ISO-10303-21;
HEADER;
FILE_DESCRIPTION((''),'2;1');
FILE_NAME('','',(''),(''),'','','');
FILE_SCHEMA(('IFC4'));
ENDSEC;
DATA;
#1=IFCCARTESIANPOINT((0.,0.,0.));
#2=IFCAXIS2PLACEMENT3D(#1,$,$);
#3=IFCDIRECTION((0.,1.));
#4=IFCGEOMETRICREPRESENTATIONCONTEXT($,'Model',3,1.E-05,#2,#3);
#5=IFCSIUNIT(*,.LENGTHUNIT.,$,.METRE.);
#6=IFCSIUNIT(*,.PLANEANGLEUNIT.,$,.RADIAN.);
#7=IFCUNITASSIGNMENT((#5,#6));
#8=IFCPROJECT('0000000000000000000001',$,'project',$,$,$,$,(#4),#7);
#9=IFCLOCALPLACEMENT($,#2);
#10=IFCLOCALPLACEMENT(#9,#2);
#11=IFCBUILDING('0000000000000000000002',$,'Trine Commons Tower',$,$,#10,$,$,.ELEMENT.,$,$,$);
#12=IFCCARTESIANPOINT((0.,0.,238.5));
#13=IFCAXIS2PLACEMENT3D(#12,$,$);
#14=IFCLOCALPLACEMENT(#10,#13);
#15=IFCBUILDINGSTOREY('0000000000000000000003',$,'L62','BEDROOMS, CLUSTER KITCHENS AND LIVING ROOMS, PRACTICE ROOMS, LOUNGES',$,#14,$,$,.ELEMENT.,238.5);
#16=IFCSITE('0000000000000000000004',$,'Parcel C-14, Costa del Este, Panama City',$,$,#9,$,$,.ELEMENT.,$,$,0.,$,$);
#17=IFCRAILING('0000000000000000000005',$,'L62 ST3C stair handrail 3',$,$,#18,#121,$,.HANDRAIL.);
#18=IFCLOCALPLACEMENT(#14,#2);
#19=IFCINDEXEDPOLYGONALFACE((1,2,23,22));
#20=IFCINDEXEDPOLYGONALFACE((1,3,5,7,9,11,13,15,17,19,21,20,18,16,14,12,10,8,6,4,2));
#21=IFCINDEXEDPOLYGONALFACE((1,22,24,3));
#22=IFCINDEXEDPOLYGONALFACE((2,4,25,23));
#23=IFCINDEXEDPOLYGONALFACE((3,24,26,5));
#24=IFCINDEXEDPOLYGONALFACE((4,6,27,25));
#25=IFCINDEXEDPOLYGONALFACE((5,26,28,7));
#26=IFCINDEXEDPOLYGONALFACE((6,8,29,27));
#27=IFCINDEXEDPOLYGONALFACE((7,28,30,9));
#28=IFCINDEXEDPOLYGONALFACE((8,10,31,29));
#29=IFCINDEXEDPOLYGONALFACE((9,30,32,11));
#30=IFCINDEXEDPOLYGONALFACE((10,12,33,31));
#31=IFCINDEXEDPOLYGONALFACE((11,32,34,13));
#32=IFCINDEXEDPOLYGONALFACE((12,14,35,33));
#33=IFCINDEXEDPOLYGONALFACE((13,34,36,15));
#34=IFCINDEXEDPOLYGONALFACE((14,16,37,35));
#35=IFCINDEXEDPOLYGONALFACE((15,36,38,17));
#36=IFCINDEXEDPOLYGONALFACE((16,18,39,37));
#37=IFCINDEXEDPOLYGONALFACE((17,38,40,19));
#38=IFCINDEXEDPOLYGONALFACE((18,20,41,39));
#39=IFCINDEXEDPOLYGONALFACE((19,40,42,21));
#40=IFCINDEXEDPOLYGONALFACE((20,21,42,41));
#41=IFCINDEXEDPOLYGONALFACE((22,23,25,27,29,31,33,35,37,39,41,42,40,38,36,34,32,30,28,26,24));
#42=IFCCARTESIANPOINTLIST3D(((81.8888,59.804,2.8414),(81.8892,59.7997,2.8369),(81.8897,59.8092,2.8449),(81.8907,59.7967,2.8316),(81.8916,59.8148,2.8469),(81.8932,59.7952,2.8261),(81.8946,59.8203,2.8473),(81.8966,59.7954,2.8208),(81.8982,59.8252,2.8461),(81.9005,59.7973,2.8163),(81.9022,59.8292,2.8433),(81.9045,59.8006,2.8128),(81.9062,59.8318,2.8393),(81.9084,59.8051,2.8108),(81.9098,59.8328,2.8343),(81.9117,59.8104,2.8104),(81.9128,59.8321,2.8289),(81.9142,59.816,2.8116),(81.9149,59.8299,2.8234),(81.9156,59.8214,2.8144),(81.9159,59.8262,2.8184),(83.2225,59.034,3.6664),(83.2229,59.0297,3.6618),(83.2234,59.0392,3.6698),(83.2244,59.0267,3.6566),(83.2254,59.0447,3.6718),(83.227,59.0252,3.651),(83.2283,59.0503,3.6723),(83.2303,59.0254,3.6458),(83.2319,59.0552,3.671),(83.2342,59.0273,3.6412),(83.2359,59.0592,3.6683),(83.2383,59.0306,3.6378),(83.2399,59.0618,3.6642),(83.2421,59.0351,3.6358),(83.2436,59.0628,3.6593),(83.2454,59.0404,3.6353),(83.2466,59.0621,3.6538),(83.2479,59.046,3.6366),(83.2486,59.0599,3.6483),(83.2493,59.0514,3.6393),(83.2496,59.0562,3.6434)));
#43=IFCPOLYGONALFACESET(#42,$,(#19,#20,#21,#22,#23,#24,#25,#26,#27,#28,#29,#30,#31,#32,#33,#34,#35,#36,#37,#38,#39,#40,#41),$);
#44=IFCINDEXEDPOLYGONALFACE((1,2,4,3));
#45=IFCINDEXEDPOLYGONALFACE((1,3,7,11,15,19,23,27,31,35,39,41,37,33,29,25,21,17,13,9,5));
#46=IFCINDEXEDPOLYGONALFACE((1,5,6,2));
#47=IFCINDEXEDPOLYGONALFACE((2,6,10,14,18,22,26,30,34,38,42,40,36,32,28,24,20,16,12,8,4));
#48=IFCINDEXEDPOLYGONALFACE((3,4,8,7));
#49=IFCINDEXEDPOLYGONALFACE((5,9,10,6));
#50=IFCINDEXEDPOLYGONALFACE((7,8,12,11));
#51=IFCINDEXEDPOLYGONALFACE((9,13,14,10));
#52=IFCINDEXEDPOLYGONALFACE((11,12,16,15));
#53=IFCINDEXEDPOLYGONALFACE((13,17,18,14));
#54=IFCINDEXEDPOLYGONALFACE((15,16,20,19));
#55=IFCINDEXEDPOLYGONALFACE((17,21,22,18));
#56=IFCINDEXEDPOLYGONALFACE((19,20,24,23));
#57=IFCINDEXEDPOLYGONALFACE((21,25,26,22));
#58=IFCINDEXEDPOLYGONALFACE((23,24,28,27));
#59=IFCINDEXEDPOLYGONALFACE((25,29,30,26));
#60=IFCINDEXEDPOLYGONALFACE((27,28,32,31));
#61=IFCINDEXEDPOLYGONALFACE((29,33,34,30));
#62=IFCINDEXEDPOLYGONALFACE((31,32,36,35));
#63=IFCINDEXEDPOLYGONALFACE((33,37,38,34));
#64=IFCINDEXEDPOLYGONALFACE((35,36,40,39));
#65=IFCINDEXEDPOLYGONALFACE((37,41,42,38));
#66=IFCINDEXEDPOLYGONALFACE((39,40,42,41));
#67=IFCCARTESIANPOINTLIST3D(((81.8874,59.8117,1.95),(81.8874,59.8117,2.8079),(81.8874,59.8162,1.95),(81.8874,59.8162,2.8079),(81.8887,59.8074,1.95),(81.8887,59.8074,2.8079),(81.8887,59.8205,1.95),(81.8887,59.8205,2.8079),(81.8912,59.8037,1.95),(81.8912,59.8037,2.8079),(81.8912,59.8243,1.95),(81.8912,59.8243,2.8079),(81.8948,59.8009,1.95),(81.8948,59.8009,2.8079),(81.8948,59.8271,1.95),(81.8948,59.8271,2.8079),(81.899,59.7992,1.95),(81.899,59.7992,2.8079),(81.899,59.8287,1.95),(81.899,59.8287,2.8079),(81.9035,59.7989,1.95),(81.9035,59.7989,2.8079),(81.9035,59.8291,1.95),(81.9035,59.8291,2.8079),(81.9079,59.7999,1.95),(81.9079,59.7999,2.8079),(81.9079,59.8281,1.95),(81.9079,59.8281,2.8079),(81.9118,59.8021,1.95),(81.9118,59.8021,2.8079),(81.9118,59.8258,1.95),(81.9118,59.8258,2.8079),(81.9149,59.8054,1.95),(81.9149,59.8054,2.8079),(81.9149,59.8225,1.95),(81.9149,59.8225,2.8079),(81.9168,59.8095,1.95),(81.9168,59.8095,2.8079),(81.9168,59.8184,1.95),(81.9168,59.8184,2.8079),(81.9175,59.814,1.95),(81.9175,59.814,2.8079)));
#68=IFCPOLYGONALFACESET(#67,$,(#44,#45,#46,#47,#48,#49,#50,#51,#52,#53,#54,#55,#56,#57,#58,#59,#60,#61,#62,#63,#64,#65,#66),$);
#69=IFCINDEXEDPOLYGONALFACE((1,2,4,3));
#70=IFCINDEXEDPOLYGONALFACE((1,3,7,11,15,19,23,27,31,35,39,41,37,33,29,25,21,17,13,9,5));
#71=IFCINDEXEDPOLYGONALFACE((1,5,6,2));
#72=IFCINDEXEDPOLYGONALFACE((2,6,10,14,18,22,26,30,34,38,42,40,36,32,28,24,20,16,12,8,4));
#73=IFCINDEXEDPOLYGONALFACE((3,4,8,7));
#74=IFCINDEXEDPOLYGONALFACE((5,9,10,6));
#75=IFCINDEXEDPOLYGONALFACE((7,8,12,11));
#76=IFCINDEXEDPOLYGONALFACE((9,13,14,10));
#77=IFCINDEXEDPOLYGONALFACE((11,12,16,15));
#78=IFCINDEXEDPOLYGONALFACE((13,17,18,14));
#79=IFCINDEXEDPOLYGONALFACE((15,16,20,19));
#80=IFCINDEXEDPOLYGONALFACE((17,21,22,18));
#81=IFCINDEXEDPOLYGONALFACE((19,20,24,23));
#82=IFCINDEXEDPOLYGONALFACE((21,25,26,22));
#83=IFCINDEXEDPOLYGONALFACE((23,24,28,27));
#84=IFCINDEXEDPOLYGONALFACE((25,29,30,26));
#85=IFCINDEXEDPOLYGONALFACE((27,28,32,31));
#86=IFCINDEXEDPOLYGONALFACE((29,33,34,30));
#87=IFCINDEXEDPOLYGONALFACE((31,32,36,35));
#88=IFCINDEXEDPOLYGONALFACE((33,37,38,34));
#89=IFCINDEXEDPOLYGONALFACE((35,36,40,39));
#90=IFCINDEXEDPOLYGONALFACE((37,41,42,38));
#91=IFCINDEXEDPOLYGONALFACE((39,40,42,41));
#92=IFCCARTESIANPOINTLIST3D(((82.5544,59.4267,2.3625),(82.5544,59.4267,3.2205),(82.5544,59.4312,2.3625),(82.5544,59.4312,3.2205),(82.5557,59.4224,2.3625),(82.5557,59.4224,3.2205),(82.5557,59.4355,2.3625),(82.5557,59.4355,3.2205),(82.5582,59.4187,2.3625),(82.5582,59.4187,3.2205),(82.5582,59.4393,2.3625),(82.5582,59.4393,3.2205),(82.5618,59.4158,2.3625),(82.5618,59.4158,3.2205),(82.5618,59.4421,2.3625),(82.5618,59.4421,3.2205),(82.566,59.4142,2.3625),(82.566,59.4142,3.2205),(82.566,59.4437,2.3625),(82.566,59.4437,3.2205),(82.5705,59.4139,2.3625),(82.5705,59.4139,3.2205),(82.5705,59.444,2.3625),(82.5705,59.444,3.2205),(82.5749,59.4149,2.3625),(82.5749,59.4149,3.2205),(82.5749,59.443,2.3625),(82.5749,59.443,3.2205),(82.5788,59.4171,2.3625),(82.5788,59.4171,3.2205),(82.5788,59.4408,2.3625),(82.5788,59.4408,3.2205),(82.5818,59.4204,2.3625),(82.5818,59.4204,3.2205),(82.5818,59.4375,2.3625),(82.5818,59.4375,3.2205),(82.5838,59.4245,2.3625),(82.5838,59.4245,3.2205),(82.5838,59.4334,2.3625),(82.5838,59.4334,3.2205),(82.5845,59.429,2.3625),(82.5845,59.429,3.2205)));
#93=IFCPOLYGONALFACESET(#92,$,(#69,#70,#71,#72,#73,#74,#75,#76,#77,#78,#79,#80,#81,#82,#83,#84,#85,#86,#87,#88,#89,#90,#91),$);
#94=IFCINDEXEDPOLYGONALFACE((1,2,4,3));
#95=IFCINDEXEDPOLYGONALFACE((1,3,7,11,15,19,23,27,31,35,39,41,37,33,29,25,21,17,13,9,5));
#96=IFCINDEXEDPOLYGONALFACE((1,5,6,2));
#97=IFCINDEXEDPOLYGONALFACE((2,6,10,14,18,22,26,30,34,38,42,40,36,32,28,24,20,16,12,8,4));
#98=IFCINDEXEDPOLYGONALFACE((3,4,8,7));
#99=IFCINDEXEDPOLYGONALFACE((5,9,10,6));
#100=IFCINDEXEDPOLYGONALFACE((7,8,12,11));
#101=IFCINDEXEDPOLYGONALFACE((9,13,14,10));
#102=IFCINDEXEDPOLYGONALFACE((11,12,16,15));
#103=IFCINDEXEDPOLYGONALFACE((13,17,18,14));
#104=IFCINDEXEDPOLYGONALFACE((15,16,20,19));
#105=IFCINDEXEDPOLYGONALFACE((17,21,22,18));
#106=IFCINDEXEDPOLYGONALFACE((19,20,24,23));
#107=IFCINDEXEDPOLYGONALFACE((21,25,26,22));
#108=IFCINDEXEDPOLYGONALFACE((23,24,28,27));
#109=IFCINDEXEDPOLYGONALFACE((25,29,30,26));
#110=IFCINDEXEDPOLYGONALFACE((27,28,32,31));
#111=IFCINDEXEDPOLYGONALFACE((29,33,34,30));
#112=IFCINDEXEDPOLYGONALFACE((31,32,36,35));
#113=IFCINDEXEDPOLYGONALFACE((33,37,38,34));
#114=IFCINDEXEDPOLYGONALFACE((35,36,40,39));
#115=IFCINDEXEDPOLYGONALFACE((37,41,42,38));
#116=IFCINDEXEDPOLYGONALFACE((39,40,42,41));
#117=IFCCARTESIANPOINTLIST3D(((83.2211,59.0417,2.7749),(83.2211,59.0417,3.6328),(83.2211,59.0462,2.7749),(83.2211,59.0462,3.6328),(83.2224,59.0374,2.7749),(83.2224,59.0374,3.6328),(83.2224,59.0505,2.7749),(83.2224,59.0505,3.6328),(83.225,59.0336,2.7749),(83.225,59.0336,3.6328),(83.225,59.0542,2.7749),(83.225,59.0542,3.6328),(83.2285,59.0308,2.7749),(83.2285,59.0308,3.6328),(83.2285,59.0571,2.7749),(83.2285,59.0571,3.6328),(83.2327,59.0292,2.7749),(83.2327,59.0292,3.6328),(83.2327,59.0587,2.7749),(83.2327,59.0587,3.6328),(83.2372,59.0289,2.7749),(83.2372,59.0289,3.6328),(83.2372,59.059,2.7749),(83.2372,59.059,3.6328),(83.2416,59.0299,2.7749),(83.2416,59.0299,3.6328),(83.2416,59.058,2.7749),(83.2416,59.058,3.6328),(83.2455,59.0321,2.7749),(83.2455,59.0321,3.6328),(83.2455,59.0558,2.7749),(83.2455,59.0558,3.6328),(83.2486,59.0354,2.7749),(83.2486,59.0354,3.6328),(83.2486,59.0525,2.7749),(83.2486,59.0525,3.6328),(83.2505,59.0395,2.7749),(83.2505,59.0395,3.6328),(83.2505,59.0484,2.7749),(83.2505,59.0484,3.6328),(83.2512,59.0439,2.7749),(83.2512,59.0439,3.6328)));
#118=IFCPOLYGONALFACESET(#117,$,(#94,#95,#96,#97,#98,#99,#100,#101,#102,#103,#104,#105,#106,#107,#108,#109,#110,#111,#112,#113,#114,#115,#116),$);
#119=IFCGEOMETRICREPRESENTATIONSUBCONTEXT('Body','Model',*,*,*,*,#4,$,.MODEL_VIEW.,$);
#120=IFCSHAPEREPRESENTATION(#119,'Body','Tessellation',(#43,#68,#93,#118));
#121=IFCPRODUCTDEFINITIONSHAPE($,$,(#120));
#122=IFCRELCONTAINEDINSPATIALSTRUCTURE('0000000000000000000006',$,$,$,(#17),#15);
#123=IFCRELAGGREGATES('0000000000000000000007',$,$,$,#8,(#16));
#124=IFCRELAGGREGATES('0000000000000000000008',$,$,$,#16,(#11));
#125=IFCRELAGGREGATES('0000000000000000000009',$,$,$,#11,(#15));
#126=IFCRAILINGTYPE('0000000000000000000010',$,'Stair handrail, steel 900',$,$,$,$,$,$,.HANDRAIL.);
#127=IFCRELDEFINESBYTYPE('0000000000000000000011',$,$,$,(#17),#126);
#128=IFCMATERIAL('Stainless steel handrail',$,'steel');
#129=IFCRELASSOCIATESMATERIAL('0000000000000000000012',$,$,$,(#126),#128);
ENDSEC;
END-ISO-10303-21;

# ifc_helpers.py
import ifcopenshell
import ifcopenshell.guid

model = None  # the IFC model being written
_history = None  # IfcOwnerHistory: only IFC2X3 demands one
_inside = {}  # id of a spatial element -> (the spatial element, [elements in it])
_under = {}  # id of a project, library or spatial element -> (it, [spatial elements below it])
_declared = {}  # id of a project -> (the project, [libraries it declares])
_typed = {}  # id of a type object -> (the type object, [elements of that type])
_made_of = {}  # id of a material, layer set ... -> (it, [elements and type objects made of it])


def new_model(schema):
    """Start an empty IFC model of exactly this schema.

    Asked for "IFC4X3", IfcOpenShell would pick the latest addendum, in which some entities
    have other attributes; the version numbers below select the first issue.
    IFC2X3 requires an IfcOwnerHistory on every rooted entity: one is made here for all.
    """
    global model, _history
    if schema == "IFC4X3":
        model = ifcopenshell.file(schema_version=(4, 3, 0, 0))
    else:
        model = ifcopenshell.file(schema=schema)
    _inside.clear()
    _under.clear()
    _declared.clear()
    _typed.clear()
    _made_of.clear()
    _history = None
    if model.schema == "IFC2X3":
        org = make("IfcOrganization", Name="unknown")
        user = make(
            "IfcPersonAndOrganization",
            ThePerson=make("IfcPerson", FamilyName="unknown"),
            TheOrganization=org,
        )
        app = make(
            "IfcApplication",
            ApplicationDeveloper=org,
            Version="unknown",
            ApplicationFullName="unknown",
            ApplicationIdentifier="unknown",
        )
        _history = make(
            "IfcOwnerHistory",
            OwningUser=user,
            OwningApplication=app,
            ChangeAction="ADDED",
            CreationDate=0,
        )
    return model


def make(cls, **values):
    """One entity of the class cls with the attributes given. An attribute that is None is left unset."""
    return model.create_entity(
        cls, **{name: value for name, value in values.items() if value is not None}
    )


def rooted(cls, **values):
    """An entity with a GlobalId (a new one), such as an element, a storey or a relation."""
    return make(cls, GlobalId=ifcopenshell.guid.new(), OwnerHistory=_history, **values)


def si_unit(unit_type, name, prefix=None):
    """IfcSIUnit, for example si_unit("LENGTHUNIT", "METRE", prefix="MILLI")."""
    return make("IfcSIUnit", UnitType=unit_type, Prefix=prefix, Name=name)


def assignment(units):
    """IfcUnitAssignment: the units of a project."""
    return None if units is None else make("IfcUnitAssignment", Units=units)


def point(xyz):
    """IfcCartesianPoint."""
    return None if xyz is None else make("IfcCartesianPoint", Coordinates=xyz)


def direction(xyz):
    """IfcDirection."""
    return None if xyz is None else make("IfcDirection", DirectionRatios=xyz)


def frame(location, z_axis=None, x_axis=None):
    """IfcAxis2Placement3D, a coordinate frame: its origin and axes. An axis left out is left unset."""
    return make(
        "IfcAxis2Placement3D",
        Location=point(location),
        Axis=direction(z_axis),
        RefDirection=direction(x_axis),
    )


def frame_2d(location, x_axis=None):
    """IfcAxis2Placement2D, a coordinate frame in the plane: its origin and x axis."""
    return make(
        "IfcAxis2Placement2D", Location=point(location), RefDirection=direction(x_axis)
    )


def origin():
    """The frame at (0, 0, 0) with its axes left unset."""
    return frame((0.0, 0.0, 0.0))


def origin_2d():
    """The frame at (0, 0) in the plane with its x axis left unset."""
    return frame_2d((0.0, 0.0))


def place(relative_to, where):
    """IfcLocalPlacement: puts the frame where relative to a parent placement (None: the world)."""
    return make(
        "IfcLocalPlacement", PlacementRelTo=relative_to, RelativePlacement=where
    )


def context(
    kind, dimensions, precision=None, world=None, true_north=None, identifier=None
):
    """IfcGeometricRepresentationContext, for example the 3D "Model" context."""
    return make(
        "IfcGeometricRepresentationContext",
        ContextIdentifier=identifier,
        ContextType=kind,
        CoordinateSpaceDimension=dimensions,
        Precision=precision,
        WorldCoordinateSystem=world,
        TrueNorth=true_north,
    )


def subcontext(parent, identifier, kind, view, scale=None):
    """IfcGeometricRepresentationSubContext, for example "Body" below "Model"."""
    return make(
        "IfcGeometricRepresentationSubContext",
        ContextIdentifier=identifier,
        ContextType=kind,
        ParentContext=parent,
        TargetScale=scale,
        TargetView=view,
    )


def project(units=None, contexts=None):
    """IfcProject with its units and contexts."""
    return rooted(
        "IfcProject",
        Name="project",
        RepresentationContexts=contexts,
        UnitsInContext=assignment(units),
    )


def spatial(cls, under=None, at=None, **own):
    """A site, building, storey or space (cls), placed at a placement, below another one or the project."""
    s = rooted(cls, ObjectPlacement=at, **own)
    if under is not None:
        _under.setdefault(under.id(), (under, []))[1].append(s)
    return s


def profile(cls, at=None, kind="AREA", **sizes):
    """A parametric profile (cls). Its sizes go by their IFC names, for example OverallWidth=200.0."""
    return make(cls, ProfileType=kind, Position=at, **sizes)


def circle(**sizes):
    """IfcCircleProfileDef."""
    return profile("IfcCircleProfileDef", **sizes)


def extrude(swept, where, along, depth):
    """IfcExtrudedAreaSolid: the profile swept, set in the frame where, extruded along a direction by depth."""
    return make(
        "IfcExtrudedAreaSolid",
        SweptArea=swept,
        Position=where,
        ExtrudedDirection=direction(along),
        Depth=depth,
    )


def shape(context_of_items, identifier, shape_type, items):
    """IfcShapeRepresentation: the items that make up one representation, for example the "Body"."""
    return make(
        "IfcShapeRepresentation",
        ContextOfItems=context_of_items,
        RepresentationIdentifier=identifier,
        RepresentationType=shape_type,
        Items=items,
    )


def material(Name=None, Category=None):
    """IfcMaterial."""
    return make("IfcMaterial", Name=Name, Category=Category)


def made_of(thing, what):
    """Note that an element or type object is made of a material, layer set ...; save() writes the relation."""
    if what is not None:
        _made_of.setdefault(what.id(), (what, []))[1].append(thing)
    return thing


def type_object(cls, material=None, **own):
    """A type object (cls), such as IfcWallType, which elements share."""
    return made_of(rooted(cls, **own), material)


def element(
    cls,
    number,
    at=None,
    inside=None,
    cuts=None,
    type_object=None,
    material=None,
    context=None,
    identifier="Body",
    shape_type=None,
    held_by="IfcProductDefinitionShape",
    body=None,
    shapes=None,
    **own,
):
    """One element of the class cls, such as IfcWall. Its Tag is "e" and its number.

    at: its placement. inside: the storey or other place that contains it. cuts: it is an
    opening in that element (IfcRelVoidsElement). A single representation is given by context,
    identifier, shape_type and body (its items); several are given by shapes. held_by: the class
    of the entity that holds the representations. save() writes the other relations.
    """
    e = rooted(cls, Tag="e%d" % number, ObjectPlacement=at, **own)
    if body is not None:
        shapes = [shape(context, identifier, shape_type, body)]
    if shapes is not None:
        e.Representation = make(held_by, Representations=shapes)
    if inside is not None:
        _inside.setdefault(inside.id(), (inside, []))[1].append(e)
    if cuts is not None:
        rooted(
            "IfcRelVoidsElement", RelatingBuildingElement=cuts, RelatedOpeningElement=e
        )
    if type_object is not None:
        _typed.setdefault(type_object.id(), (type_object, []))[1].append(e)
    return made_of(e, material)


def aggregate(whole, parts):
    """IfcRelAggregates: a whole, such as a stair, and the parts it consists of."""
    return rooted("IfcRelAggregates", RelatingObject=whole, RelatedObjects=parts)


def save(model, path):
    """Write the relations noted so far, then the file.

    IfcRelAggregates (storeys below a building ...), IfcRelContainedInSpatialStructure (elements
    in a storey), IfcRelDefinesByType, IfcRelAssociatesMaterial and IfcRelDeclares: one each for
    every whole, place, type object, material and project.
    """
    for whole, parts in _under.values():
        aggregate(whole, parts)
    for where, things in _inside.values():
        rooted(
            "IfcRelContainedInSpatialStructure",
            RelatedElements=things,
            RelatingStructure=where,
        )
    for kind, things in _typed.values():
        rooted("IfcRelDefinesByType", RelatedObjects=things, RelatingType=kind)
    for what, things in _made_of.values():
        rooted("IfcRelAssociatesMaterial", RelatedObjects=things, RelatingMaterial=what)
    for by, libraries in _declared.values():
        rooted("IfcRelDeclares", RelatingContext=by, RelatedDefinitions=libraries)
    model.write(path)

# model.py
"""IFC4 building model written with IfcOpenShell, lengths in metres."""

from ifc_helpers import new_model, si_unit, direction, frame, origin, origin_2d, place, context, subcontext, project, spatial, circle, extrude, material, type_object, element, save


model = new_model("IFC4")

# Units and contexts
model_context = context("Model", 3, precision=1e-05, world=origin(), true_north=direction((0.0, 1.0)))
body_context = subcontext(model_context, "Body", "Model", "MODEL_VIEW")
ifc_project = project(units=[si_unit("LENGTHUNIT", "METRE"), si_unit("PLANEANGLEUNIT", "RADIAN")], contexts=[model_context])

# Site, building, storey
site_placement = place(None, origin())
site = spatial("IfcSite", under=ifc_project, at=site_placement, Name="Parcel C-14, Costa del Este, Panama City", CompositionType="ELEMENT", RefElevation=0.0)
building_placement = place(site_placement, origin())
building = spatial("IfcBuilding", under=site, at=building_placement, Name="Trine Commons Tower", CompositionType="ELEMENT")
storey_placement = place(building_placement, frame((0.0, 0.0, 238.5)))
storey = spatial("IfcBuildingStorey", under=building, at=storey_placement, Name="L62", Description="BEDROOMS, CLUSTER KITCHENS AND LIVING ROOMS, PRACTICE ROOMS, LOUNGES", CompositionType="ELEMENT", Elevation=238.5)

# Railing
ifc_material_1 = material(Name="Stainless steel handrail", Category="steel")
railing_type_1 = type_object("IfcRailingType", Name="Stair handrail, steel 900", PredefinedType="HANDRAIL", material=ifc_material_1)
railing_1_placement = place(storey_placement, frame((81.9023, 59.814, 1.95)))
element("IfcRailing", 1, at=railing_1_placement, inside=storey, type_object=railing_type_1, Name="L62 ST3C stair handrail 3", PredefinedType="HANDRAIL", context=body_context, shape_type="SweptSolid", body=[
    extrude(circle(Radius=0.021, at=origin_2d()), frame((0.0, 0.0, 0.8789), z_axis=(0.763405, -0.440743, 0.472185), x_axis=(0.499992, 0.86603, 0.0)), (0.0, 0.0, 1.0), 1.7471),
    extrude(circle(Radius=0.0151, at=origin_2d()), origin(), (0.0, 0.0, 1.0), 0.8579),
    extrude(circle(Radius=0.0151, at=origin_2d()), frame((0.667, -0.385, 0.4126)), (0.0, 0.0, 1.0), 0.8579),
    extrude(circle(Radius=0.0151, at=origin_2d()), frame((1.3337, -0.77, 0.825)), (0.0, 0.0, 1.0), 0.8579),
])

save(model, "model.ifc")
